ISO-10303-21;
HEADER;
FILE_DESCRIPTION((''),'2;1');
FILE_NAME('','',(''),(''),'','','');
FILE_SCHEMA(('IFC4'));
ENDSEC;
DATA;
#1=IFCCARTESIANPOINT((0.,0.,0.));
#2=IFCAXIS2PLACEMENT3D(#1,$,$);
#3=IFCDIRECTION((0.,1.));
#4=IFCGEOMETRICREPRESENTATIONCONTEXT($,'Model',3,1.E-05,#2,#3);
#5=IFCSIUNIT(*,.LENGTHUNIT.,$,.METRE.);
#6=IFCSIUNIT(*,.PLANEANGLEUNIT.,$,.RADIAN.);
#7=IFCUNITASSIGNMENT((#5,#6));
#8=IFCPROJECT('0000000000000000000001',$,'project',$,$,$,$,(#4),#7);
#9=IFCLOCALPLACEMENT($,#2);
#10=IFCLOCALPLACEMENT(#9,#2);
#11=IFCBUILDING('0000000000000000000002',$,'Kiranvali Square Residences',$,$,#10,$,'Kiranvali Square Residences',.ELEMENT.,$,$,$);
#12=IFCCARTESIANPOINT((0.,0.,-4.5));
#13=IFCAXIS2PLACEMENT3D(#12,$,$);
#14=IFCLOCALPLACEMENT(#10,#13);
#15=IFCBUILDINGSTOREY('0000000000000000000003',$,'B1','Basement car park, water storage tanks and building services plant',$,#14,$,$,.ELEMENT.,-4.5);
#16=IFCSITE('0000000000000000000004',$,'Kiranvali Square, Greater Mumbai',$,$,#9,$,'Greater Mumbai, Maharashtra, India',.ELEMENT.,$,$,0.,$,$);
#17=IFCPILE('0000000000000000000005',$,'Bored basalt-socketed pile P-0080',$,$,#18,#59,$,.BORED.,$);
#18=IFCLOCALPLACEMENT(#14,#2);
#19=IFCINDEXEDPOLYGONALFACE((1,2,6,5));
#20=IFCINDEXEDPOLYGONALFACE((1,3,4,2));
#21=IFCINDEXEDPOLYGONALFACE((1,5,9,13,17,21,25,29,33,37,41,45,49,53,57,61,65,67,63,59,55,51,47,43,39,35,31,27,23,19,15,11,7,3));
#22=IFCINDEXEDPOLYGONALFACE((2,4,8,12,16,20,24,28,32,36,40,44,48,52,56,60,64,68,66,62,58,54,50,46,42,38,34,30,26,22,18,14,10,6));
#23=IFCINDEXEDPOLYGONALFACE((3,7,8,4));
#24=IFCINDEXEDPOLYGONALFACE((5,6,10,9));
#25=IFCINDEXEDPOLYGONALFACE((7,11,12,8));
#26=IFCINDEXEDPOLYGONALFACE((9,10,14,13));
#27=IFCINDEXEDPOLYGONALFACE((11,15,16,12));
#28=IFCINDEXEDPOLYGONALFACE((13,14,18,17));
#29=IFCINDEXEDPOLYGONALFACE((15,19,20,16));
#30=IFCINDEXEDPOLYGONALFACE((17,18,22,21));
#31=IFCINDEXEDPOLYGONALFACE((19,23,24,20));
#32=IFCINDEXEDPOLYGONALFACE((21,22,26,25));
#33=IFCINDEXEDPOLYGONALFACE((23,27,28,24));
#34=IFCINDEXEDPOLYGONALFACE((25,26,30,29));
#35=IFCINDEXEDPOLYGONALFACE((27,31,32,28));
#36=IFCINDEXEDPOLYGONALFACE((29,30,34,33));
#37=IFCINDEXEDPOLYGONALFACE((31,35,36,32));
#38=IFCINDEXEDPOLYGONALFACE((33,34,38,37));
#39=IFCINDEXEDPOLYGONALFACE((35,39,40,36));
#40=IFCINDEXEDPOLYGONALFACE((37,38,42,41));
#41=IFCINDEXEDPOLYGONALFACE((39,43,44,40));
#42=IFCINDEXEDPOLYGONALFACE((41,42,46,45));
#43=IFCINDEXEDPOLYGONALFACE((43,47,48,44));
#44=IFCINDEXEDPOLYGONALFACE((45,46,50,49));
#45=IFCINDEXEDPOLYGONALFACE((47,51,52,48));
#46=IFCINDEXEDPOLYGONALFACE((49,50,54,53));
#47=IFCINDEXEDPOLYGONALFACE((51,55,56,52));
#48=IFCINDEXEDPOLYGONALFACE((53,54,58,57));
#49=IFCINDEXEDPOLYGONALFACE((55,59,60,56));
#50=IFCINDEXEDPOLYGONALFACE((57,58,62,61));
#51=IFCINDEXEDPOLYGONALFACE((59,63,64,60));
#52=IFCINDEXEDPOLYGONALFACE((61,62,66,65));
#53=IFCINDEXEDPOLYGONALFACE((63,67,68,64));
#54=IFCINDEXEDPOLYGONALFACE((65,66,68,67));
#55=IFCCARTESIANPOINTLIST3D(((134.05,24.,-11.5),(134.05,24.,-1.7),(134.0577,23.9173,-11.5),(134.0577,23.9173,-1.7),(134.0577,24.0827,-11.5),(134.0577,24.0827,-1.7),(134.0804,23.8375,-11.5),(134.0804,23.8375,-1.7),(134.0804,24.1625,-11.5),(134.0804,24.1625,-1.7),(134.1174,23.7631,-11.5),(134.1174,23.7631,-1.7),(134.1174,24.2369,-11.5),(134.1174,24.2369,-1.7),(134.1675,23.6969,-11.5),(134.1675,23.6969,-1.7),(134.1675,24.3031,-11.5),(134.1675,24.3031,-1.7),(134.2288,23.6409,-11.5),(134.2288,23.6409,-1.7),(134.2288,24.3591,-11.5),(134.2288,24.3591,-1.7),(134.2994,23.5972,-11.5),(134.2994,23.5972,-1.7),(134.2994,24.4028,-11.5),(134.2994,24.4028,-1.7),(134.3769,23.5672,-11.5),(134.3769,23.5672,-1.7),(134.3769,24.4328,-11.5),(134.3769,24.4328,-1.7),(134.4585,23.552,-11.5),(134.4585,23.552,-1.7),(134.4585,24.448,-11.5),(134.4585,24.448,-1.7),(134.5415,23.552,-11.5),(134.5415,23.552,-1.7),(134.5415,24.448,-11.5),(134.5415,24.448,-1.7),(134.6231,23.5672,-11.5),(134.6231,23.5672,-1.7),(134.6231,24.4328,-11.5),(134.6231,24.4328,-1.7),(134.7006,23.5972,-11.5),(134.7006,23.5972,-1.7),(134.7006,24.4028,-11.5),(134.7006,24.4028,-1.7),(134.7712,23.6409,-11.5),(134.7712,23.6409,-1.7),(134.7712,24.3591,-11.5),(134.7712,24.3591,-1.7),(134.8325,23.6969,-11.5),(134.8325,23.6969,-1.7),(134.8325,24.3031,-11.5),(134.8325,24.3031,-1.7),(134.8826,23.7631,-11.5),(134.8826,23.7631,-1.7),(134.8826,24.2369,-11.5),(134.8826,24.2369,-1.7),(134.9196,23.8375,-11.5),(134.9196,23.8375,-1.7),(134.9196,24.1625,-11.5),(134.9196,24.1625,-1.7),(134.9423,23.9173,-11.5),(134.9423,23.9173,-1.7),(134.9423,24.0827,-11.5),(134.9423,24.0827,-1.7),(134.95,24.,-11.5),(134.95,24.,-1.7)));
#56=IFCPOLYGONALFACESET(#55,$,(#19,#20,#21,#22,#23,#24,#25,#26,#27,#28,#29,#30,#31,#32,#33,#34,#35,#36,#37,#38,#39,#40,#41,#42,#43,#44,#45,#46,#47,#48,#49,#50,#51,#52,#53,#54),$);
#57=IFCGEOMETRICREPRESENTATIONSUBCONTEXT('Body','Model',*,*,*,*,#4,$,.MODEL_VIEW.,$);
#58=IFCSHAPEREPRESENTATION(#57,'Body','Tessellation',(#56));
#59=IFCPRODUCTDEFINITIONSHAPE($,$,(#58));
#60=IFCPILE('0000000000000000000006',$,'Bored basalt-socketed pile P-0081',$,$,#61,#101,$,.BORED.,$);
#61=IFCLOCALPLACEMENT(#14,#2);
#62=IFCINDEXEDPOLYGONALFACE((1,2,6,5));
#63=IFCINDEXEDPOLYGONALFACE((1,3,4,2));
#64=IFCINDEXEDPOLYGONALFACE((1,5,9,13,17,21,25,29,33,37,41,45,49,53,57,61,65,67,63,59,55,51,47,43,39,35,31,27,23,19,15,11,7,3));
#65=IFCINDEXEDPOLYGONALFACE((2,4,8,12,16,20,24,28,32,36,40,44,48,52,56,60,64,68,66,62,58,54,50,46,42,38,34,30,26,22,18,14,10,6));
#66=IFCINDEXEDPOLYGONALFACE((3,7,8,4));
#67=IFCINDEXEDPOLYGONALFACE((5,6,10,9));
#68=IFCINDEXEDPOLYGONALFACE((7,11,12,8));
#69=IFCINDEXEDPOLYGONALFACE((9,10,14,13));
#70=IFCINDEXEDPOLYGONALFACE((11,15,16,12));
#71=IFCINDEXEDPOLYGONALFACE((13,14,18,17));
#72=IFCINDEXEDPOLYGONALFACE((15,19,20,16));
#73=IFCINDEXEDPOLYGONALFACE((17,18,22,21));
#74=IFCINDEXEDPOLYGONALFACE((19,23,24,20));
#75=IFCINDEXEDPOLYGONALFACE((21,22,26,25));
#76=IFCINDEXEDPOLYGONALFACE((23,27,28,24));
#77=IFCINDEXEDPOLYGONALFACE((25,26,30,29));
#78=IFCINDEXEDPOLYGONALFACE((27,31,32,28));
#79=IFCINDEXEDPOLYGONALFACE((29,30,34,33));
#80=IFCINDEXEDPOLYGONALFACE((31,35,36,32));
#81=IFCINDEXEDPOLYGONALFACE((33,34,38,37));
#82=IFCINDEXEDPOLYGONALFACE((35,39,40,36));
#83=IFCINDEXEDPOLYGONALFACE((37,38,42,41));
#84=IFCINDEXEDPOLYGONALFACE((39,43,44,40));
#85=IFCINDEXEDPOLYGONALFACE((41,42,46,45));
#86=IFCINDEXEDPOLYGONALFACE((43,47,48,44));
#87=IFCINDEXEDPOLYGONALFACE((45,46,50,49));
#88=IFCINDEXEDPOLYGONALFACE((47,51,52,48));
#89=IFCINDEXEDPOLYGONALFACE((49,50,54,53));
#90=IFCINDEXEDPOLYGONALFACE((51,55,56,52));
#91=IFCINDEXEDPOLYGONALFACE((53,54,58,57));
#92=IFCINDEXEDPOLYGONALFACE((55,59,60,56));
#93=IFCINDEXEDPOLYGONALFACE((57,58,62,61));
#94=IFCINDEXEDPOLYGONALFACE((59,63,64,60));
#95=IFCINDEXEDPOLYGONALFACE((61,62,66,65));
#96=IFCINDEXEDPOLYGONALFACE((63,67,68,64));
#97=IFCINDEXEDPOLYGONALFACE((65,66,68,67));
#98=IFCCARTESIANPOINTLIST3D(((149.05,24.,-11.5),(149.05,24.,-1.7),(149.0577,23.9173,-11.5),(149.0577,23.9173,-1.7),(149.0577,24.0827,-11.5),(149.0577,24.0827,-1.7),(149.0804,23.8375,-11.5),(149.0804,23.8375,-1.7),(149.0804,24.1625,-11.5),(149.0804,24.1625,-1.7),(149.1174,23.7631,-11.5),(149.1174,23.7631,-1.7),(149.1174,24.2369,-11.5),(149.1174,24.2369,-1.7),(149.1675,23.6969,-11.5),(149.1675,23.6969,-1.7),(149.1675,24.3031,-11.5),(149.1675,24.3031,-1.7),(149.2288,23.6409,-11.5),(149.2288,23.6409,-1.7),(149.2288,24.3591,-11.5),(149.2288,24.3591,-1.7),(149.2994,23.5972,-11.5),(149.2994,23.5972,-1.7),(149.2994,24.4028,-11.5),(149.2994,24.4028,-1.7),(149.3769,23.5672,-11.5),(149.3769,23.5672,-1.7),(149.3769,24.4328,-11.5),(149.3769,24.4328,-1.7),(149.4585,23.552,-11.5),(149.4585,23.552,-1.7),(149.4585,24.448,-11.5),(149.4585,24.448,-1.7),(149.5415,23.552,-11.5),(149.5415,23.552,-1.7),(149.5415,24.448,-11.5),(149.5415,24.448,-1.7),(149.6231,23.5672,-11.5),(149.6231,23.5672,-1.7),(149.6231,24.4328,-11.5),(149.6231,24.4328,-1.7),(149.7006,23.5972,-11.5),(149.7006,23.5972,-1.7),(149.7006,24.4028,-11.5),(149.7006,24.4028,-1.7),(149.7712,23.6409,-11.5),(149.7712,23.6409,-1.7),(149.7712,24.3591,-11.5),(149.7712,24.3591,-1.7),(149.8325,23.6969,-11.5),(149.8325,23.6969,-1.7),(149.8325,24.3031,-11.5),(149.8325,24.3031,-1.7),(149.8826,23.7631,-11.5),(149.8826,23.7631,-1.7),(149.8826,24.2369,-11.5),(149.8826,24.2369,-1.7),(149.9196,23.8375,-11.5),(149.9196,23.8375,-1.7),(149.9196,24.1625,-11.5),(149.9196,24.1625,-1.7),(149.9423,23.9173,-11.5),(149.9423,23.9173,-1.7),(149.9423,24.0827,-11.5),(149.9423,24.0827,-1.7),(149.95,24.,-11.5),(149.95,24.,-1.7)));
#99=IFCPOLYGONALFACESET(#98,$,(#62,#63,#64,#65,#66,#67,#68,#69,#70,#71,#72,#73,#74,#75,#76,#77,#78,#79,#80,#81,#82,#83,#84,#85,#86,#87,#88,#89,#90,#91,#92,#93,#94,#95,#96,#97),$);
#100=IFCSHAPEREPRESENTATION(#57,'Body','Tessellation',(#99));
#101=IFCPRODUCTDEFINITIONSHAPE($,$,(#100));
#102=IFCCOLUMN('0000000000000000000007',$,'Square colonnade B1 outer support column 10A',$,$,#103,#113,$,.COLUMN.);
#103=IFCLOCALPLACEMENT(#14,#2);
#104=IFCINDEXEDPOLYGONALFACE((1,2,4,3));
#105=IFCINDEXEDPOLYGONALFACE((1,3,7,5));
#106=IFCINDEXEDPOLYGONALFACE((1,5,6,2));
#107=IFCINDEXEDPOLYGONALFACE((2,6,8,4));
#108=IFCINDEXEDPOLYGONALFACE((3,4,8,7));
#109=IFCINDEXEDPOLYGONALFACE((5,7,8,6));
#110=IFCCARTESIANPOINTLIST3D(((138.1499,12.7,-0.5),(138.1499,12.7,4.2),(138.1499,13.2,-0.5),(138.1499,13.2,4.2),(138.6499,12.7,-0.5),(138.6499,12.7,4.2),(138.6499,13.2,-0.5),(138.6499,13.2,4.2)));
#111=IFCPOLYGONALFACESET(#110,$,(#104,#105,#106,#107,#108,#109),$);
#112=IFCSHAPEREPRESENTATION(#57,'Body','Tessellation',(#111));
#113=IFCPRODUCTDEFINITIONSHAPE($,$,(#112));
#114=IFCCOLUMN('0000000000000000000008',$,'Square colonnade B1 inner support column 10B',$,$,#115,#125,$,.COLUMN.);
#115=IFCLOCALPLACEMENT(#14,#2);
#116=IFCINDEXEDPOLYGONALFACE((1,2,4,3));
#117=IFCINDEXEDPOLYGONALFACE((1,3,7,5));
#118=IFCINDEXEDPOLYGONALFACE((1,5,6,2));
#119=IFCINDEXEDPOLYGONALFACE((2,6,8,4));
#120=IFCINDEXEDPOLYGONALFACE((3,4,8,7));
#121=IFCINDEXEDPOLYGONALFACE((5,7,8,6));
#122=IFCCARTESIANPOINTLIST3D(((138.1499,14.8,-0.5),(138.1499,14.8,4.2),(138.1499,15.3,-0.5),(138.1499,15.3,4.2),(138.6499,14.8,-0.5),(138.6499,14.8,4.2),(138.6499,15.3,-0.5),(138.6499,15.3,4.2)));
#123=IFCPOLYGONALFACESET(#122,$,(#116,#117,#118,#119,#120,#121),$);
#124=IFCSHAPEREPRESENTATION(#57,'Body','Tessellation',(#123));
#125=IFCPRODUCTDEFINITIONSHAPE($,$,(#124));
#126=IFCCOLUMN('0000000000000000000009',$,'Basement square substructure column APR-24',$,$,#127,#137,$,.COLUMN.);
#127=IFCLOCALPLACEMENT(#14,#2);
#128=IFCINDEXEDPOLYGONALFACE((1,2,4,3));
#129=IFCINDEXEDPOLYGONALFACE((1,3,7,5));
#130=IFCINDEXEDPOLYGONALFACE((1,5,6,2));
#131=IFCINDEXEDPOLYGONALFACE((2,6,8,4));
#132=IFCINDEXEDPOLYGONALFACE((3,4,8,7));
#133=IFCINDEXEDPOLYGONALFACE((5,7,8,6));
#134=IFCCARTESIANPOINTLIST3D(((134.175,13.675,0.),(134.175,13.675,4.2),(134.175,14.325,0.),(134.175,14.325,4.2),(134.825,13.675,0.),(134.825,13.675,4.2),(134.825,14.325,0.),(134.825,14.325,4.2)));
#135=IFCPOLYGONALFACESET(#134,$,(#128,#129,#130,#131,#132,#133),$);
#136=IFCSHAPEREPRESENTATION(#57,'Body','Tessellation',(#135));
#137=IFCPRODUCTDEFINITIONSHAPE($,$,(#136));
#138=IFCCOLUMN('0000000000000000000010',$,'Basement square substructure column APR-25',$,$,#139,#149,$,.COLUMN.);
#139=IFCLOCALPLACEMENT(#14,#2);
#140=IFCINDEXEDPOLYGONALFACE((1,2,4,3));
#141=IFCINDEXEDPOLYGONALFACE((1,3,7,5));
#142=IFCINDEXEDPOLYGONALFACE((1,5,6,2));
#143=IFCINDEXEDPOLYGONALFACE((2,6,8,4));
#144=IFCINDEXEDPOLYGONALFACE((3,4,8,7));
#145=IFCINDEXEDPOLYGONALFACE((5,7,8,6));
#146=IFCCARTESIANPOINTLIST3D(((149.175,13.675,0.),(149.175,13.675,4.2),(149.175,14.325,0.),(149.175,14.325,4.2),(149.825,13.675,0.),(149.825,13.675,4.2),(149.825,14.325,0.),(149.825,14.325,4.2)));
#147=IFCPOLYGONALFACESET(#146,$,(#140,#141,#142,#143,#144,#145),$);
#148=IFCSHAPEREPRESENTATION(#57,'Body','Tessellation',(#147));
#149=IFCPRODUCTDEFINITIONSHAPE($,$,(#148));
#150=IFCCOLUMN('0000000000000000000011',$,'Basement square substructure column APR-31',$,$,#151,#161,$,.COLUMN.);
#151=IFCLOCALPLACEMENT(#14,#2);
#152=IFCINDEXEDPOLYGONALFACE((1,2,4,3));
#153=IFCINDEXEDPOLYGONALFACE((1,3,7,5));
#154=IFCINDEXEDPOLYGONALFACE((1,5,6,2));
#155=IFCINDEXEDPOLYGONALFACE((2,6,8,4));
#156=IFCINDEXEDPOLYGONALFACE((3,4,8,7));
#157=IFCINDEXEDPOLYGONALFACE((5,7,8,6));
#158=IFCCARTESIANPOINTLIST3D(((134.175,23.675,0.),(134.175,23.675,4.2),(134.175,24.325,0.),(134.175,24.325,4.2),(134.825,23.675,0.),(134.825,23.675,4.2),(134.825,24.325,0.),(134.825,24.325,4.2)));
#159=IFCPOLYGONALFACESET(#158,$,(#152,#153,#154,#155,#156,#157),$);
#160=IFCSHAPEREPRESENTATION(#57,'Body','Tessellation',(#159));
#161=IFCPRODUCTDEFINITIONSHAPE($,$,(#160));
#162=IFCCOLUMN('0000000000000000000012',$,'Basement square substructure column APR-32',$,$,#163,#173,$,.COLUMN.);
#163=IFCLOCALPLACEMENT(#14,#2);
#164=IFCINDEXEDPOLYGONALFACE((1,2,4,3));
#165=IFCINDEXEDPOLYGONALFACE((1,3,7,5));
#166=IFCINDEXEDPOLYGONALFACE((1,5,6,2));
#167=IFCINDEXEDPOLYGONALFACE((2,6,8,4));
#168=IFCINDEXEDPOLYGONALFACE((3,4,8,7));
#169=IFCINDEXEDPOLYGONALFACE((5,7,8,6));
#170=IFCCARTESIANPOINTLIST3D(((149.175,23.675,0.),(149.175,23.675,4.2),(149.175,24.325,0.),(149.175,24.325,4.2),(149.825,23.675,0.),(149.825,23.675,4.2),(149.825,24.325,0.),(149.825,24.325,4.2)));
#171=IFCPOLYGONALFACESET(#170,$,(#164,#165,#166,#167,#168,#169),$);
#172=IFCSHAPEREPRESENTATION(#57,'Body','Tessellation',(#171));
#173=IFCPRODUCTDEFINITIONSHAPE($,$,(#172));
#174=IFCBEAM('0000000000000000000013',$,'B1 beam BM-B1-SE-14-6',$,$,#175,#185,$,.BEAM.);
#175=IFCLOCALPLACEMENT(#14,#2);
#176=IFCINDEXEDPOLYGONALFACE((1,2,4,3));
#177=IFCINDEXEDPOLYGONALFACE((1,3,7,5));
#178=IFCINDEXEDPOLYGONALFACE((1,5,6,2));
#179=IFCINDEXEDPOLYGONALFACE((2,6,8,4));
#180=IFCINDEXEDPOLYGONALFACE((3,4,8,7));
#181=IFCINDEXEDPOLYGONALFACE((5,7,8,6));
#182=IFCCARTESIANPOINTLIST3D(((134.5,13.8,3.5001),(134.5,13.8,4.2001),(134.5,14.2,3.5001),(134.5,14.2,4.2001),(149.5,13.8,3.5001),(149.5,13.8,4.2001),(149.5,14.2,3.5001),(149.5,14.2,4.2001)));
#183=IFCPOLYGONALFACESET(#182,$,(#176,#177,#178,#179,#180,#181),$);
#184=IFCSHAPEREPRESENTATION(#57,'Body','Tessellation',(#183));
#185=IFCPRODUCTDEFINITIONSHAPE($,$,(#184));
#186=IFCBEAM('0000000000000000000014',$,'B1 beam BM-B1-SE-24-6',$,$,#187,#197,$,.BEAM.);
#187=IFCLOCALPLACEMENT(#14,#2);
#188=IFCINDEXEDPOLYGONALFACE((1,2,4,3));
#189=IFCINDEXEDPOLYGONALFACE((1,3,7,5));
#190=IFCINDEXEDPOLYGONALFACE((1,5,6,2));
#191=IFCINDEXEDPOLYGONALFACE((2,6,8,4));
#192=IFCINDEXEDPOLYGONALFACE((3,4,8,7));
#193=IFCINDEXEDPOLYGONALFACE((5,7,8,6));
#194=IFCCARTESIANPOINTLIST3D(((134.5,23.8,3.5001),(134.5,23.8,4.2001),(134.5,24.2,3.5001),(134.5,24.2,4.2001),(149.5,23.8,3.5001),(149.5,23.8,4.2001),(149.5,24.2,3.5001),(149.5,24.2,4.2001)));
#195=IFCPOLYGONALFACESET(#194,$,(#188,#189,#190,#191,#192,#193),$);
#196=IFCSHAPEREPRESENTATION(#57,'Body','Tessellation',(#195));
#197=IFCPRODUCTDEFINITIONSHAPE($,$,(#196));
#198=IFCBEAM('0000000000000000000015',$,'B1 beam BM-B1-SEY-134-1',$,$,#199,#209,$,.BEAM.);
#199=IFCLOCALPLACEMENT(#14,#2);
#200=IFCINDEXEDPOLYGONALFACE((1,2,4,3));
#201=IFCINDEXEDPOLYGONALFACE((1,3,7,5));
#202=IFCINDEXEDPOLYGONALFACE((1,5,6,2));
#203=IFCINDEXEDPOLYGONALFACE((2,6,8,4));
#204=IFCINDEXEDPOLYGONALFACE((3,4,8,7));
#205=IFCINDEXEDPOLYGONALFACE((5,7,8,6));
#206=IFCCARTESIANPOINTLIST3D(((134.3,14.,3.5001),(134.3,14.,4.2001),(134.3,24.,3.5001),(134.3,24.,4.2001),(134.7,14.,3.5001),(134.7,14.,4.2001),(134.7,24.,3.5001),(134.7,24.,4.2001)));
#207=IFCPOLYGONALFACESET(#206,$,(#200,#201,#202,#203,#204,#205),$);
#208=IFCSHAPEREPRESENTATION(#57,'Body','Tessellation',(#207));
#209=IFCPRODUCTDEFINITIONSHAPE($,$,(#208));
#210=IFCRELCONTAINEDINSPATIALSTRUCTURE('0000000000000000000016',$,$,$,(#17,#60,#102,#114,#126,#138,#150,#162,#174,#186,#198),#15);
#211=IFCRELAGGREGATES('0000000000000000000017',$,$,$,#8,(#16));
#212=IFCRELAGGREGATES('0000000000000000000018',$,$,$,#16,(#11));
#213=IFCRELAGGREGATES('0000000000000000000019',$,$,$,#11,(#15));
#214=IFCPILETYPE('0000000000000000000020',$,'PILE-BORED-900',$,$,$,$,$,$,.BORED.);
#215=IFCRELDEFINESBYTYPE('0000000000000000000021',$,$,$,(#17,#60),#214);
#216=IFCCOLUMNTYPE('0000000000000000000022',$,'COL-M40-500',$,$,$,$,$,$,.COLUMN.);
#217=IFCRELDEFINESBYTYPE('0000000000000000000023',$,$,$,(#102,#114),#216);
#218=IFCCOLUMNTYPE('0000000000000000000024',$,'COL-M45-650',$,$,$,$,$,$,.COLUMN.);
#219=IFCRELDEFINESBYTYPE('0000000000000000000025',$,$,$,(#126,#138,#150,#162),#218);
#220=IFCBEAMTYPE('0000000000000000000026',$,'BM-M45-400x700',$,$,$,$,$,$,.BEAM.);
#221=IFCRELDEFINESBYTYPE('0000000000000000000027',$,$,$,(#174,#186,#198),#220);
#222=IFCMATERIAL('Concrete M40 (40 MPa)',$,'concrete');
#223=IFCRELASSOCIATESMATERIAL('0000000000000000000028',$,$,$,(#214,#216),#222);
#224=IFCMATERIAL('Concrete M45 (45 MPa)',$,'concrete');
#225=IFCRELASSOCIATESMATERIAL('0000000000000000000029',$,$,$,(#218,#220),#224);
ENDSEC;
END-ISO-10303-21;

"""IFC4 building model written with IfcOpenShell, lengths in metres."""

from ifc_helpers import new_model, si_unit, direction, frame, origin, origin_2d, place, context, subcontext, project, spatial, rectangle, circle, extrude, material, material_profile, profile_set, type_object, element, save


model = new_model("IFC4")

# Units and contexts
model_context = context("Model", 3, precision=1e-05, world=origin(), true_north=direction((0.0, 1.0)))
body_context = subcontext(model_context, "Body", "Model", "MODEL_VIEW")
ifc_project = project(units=[si_unit("LENGTHUNIT", "METRE"), si_unit("PLANEANGLEUNIT", "RADIAN")], contexts=[model_context])

# Site, building, storey
site_placement = place(None, origin())
site = spatial("IfcSite", under=ifc_project, at=site_placement, Name="Kiranvali Square, Greater Mumbai", LongName="Greater Mumbai, Maharashtra, India", CompositionType="ELEMENT", RefElevation=0.0)
building_placement = place(site_placement, origin())
building = spatial("IfcBuilding", under=site, at=building_placement, Name="Kiranvali Square Residences", LongName="Kiranvali Square Residences", CompositionType="ELEMENT")
storey_placement = place(building_placement, frame((0.0, 0.0, -4.5)))
storey = spatial("IfcBuildingStorey", under=building, at=storey_placement, Name="B1", Description="Basement car park, water storage tanks and building services plant", CompositionType="ELEMENT", Elevation=-4.5)

# Shared definitions
ifc_material_1 = material(Name="Concrete M40 (40 MPa)", Category="concrete")

# Piles
ifc_material_profile_1 = material_profile(ifc_material_1, circle(Radius=0.45, at=origin_2d()), Name="BORED PILE 900")
ifc_profile_set_1 = profile_set([ifc_material_profile_1], Name="Concrete M40 (40 MPa)")
pile_type = type_object("IfcPileType", Name="PILE-BORED-900", PredefinedType="BORED", material=ifc_profile_set_1)
for number, where, z_axis, x_axis, name in (
    (1, (134.5, 24.0, -1.7), (0.0, 0.0, -1.0), (1.0, 0.0, 0.0), "Bored basalt-socketed pile P-0080"),
    (2, (149.5, 24.0, -1.7), (0.0, 0.0, -1.0), (1.0, 0.0, 0.0), "Bored basalt-socketed pile P-0081"),
):
    element("IfcPile", number, at=place(storey_placement, frame(where, z_axis=z_axis, x_axis=x_axis)), inside=storey, type_object=pile_type, Name=name, PredefinedType="BORED", context=body_context, shape_type="SweptSolid", body=[
        extrude(circle(Radius=0.45, at=origin_2d()), origin(), (0.0, 0.0, 1.0), 9.8),
    ])

# Columns
ifc_material_profile_2 = material_profile(ifc_material_1, rectangle(XDim=0.5, YDim=0.5, at=origin_2d()), Name="RC 500x500")
ifc_profile_set_2 = profile_set([ifc_material_profile_2], Name="Concrete M40 (40 MPa)")
column_type_1 = type_object("IfcColumnType", Name="COL-M40-500", PredefinedType="COLUMN", material=ifc_profile_set_2)
for number, where, z_axis, x_axis, name in (
    (3, (138.3999, 12.95, -0.5), (0.0, 0.0, 1.0), (1.0, 0.0, 0.0), "Square colonnade B1 outer support column 10A"),
    (4, (138.3999, 15.05, -0.5), (0.0, 0.0, 1.0), (1.0, 0.0, 0.0), "Square colonnade B1 inner support column 10B"),
):
    element("IfcColumn", number, at=place(storey_placement, frame(where, z_axis=z_axis, x_axis=x_axis)), inside=storey, type_object=column_type_1, Name=name, PredefinedType="COLUMN", context=body_context, shape_type="SweptSolid", body=[
        extrude(rectangle(XDim=0.5, YDim=0.5, at=origin_2d()), origin(), (0.0, 0.0, 1.0), 4.7),
    ])
ifc_material_2 = material(Name="Concrete M45 (45 MPa)", Category="concrete")
ifc_material_profile_3 = material_profile(ifc_material_2, rectangle(XDim=0.6499, YDim=0.6499, at=origin_2d()), Name="RC 650x650")
ifc_profile_set_3 = profile_set([ifc_material_profile_3], Name="Concrete M45 (45 MPa)")
column_type_2 = type_object("IfcColumnType", Name="COL-M45-650", PredefinedType="COLUMN", material=ifc_profile_set_3)
for number, where, z_axis, x_axis, name in (
    (5, (134.5, 14.0, 0.0), (0.0, 0.0, 1.0), (1.0, 0.0, 0.0), "Basement square substructure column APR-24"),
    (6, (149.5, 14.0, 0.0), (0.0, 0.0, 1.0), (1.0, 0.0, 0.0), "Basement square substructure column APR-25"),
    (7, (134.5, 24.0, 0.0), (0.0, 0.0, 1.0), (1.0, 0.0, 0.0), "Basement square substructure column APR-31"),
    (8, (149.5, 24.0, 0.0), (0.0, 0.0, 1.0), (1.0, 0.0, 0.0), "Basement square substructure column APR-32"),
):
    element("IfcColumn", number, at=place(storey_placement, frame(where, z_axis=z_axis, x_axis=x_axis)), inside=storey, type_object=column_type_2, Name=name, PredefinedType="COLUMN", context=body_context, shape_type="SweptSolid", body=[
        extrude(rectangle(XDim=0.6499, YDim=0.6499, at=origin_2d()), origin(), (0.0, 0.0, 1.0), 4.2),
    ])

# Beams
ifc_material_profile_4 = material_profile(ifc_material_2, rectangle(XDim=0.3999, YDim=0.7, at=origin_2d()), Name="RC 400x700")
ifc_profile_set_4 = profile_set([ifc_material_profile_4], Name="Concrete M45 (45 MPa)")
beam_type = type_object("IfcBeamType", Name="BM-M45-400x700", PredefinedType="BEAM", material=ifc_profile_set_4)
for number, where, z_axis, x_axis, name in (
    (9, (134.5, 14.0, 3.8501), (1.0, 0.0, 0.0), (0.0, 1.0, 0.0), "B1 beam BM-B1-SE-14-6"),
    (10, (134.5, 24.0, 3.8501), (1.0, 0.0, 0.0), (0.0, 1.0, 0.0), "B1 beam BM-B1-SE-24-6"),
):
    element("IfcBeam", number, at=place(storey_placement, frame(where, z_axis=z_axis, x_axis=x_axis)), inside=storey, type_object=beam_type, Name=name, PredefinedType="BEAM", context=body_context, shape_type="SweptSolid", body=[
        extrude(rectangle(XDim=0.3999, YDim=0.7, at=origin_2d()), origin(), (0.0, 0.0, 1.0), 15.0),
    ])
beam_1_placement = place(storey_placement, frame((134.5, 14.0, 3.8501), z_axis=(0.0, 1.0, 0.0), x_axis=(-1.0, 0.0, 0.0)))
element("IfcBeam", 11, at=beam_1_placement, inside=storey, type_object=beam_type, Name="B1 beam BM-B1-SEY-134-1", PredefinedType="BEAM", context=body_context, shape_type="SweptSolid", body=[
    extrude(rectangle(XDim=0.3999, YDim=0.7, at=origin_2d()), origin(), (0.0, 0.0, 1.0), 10.0),
])

save(model, "model.ifc")
